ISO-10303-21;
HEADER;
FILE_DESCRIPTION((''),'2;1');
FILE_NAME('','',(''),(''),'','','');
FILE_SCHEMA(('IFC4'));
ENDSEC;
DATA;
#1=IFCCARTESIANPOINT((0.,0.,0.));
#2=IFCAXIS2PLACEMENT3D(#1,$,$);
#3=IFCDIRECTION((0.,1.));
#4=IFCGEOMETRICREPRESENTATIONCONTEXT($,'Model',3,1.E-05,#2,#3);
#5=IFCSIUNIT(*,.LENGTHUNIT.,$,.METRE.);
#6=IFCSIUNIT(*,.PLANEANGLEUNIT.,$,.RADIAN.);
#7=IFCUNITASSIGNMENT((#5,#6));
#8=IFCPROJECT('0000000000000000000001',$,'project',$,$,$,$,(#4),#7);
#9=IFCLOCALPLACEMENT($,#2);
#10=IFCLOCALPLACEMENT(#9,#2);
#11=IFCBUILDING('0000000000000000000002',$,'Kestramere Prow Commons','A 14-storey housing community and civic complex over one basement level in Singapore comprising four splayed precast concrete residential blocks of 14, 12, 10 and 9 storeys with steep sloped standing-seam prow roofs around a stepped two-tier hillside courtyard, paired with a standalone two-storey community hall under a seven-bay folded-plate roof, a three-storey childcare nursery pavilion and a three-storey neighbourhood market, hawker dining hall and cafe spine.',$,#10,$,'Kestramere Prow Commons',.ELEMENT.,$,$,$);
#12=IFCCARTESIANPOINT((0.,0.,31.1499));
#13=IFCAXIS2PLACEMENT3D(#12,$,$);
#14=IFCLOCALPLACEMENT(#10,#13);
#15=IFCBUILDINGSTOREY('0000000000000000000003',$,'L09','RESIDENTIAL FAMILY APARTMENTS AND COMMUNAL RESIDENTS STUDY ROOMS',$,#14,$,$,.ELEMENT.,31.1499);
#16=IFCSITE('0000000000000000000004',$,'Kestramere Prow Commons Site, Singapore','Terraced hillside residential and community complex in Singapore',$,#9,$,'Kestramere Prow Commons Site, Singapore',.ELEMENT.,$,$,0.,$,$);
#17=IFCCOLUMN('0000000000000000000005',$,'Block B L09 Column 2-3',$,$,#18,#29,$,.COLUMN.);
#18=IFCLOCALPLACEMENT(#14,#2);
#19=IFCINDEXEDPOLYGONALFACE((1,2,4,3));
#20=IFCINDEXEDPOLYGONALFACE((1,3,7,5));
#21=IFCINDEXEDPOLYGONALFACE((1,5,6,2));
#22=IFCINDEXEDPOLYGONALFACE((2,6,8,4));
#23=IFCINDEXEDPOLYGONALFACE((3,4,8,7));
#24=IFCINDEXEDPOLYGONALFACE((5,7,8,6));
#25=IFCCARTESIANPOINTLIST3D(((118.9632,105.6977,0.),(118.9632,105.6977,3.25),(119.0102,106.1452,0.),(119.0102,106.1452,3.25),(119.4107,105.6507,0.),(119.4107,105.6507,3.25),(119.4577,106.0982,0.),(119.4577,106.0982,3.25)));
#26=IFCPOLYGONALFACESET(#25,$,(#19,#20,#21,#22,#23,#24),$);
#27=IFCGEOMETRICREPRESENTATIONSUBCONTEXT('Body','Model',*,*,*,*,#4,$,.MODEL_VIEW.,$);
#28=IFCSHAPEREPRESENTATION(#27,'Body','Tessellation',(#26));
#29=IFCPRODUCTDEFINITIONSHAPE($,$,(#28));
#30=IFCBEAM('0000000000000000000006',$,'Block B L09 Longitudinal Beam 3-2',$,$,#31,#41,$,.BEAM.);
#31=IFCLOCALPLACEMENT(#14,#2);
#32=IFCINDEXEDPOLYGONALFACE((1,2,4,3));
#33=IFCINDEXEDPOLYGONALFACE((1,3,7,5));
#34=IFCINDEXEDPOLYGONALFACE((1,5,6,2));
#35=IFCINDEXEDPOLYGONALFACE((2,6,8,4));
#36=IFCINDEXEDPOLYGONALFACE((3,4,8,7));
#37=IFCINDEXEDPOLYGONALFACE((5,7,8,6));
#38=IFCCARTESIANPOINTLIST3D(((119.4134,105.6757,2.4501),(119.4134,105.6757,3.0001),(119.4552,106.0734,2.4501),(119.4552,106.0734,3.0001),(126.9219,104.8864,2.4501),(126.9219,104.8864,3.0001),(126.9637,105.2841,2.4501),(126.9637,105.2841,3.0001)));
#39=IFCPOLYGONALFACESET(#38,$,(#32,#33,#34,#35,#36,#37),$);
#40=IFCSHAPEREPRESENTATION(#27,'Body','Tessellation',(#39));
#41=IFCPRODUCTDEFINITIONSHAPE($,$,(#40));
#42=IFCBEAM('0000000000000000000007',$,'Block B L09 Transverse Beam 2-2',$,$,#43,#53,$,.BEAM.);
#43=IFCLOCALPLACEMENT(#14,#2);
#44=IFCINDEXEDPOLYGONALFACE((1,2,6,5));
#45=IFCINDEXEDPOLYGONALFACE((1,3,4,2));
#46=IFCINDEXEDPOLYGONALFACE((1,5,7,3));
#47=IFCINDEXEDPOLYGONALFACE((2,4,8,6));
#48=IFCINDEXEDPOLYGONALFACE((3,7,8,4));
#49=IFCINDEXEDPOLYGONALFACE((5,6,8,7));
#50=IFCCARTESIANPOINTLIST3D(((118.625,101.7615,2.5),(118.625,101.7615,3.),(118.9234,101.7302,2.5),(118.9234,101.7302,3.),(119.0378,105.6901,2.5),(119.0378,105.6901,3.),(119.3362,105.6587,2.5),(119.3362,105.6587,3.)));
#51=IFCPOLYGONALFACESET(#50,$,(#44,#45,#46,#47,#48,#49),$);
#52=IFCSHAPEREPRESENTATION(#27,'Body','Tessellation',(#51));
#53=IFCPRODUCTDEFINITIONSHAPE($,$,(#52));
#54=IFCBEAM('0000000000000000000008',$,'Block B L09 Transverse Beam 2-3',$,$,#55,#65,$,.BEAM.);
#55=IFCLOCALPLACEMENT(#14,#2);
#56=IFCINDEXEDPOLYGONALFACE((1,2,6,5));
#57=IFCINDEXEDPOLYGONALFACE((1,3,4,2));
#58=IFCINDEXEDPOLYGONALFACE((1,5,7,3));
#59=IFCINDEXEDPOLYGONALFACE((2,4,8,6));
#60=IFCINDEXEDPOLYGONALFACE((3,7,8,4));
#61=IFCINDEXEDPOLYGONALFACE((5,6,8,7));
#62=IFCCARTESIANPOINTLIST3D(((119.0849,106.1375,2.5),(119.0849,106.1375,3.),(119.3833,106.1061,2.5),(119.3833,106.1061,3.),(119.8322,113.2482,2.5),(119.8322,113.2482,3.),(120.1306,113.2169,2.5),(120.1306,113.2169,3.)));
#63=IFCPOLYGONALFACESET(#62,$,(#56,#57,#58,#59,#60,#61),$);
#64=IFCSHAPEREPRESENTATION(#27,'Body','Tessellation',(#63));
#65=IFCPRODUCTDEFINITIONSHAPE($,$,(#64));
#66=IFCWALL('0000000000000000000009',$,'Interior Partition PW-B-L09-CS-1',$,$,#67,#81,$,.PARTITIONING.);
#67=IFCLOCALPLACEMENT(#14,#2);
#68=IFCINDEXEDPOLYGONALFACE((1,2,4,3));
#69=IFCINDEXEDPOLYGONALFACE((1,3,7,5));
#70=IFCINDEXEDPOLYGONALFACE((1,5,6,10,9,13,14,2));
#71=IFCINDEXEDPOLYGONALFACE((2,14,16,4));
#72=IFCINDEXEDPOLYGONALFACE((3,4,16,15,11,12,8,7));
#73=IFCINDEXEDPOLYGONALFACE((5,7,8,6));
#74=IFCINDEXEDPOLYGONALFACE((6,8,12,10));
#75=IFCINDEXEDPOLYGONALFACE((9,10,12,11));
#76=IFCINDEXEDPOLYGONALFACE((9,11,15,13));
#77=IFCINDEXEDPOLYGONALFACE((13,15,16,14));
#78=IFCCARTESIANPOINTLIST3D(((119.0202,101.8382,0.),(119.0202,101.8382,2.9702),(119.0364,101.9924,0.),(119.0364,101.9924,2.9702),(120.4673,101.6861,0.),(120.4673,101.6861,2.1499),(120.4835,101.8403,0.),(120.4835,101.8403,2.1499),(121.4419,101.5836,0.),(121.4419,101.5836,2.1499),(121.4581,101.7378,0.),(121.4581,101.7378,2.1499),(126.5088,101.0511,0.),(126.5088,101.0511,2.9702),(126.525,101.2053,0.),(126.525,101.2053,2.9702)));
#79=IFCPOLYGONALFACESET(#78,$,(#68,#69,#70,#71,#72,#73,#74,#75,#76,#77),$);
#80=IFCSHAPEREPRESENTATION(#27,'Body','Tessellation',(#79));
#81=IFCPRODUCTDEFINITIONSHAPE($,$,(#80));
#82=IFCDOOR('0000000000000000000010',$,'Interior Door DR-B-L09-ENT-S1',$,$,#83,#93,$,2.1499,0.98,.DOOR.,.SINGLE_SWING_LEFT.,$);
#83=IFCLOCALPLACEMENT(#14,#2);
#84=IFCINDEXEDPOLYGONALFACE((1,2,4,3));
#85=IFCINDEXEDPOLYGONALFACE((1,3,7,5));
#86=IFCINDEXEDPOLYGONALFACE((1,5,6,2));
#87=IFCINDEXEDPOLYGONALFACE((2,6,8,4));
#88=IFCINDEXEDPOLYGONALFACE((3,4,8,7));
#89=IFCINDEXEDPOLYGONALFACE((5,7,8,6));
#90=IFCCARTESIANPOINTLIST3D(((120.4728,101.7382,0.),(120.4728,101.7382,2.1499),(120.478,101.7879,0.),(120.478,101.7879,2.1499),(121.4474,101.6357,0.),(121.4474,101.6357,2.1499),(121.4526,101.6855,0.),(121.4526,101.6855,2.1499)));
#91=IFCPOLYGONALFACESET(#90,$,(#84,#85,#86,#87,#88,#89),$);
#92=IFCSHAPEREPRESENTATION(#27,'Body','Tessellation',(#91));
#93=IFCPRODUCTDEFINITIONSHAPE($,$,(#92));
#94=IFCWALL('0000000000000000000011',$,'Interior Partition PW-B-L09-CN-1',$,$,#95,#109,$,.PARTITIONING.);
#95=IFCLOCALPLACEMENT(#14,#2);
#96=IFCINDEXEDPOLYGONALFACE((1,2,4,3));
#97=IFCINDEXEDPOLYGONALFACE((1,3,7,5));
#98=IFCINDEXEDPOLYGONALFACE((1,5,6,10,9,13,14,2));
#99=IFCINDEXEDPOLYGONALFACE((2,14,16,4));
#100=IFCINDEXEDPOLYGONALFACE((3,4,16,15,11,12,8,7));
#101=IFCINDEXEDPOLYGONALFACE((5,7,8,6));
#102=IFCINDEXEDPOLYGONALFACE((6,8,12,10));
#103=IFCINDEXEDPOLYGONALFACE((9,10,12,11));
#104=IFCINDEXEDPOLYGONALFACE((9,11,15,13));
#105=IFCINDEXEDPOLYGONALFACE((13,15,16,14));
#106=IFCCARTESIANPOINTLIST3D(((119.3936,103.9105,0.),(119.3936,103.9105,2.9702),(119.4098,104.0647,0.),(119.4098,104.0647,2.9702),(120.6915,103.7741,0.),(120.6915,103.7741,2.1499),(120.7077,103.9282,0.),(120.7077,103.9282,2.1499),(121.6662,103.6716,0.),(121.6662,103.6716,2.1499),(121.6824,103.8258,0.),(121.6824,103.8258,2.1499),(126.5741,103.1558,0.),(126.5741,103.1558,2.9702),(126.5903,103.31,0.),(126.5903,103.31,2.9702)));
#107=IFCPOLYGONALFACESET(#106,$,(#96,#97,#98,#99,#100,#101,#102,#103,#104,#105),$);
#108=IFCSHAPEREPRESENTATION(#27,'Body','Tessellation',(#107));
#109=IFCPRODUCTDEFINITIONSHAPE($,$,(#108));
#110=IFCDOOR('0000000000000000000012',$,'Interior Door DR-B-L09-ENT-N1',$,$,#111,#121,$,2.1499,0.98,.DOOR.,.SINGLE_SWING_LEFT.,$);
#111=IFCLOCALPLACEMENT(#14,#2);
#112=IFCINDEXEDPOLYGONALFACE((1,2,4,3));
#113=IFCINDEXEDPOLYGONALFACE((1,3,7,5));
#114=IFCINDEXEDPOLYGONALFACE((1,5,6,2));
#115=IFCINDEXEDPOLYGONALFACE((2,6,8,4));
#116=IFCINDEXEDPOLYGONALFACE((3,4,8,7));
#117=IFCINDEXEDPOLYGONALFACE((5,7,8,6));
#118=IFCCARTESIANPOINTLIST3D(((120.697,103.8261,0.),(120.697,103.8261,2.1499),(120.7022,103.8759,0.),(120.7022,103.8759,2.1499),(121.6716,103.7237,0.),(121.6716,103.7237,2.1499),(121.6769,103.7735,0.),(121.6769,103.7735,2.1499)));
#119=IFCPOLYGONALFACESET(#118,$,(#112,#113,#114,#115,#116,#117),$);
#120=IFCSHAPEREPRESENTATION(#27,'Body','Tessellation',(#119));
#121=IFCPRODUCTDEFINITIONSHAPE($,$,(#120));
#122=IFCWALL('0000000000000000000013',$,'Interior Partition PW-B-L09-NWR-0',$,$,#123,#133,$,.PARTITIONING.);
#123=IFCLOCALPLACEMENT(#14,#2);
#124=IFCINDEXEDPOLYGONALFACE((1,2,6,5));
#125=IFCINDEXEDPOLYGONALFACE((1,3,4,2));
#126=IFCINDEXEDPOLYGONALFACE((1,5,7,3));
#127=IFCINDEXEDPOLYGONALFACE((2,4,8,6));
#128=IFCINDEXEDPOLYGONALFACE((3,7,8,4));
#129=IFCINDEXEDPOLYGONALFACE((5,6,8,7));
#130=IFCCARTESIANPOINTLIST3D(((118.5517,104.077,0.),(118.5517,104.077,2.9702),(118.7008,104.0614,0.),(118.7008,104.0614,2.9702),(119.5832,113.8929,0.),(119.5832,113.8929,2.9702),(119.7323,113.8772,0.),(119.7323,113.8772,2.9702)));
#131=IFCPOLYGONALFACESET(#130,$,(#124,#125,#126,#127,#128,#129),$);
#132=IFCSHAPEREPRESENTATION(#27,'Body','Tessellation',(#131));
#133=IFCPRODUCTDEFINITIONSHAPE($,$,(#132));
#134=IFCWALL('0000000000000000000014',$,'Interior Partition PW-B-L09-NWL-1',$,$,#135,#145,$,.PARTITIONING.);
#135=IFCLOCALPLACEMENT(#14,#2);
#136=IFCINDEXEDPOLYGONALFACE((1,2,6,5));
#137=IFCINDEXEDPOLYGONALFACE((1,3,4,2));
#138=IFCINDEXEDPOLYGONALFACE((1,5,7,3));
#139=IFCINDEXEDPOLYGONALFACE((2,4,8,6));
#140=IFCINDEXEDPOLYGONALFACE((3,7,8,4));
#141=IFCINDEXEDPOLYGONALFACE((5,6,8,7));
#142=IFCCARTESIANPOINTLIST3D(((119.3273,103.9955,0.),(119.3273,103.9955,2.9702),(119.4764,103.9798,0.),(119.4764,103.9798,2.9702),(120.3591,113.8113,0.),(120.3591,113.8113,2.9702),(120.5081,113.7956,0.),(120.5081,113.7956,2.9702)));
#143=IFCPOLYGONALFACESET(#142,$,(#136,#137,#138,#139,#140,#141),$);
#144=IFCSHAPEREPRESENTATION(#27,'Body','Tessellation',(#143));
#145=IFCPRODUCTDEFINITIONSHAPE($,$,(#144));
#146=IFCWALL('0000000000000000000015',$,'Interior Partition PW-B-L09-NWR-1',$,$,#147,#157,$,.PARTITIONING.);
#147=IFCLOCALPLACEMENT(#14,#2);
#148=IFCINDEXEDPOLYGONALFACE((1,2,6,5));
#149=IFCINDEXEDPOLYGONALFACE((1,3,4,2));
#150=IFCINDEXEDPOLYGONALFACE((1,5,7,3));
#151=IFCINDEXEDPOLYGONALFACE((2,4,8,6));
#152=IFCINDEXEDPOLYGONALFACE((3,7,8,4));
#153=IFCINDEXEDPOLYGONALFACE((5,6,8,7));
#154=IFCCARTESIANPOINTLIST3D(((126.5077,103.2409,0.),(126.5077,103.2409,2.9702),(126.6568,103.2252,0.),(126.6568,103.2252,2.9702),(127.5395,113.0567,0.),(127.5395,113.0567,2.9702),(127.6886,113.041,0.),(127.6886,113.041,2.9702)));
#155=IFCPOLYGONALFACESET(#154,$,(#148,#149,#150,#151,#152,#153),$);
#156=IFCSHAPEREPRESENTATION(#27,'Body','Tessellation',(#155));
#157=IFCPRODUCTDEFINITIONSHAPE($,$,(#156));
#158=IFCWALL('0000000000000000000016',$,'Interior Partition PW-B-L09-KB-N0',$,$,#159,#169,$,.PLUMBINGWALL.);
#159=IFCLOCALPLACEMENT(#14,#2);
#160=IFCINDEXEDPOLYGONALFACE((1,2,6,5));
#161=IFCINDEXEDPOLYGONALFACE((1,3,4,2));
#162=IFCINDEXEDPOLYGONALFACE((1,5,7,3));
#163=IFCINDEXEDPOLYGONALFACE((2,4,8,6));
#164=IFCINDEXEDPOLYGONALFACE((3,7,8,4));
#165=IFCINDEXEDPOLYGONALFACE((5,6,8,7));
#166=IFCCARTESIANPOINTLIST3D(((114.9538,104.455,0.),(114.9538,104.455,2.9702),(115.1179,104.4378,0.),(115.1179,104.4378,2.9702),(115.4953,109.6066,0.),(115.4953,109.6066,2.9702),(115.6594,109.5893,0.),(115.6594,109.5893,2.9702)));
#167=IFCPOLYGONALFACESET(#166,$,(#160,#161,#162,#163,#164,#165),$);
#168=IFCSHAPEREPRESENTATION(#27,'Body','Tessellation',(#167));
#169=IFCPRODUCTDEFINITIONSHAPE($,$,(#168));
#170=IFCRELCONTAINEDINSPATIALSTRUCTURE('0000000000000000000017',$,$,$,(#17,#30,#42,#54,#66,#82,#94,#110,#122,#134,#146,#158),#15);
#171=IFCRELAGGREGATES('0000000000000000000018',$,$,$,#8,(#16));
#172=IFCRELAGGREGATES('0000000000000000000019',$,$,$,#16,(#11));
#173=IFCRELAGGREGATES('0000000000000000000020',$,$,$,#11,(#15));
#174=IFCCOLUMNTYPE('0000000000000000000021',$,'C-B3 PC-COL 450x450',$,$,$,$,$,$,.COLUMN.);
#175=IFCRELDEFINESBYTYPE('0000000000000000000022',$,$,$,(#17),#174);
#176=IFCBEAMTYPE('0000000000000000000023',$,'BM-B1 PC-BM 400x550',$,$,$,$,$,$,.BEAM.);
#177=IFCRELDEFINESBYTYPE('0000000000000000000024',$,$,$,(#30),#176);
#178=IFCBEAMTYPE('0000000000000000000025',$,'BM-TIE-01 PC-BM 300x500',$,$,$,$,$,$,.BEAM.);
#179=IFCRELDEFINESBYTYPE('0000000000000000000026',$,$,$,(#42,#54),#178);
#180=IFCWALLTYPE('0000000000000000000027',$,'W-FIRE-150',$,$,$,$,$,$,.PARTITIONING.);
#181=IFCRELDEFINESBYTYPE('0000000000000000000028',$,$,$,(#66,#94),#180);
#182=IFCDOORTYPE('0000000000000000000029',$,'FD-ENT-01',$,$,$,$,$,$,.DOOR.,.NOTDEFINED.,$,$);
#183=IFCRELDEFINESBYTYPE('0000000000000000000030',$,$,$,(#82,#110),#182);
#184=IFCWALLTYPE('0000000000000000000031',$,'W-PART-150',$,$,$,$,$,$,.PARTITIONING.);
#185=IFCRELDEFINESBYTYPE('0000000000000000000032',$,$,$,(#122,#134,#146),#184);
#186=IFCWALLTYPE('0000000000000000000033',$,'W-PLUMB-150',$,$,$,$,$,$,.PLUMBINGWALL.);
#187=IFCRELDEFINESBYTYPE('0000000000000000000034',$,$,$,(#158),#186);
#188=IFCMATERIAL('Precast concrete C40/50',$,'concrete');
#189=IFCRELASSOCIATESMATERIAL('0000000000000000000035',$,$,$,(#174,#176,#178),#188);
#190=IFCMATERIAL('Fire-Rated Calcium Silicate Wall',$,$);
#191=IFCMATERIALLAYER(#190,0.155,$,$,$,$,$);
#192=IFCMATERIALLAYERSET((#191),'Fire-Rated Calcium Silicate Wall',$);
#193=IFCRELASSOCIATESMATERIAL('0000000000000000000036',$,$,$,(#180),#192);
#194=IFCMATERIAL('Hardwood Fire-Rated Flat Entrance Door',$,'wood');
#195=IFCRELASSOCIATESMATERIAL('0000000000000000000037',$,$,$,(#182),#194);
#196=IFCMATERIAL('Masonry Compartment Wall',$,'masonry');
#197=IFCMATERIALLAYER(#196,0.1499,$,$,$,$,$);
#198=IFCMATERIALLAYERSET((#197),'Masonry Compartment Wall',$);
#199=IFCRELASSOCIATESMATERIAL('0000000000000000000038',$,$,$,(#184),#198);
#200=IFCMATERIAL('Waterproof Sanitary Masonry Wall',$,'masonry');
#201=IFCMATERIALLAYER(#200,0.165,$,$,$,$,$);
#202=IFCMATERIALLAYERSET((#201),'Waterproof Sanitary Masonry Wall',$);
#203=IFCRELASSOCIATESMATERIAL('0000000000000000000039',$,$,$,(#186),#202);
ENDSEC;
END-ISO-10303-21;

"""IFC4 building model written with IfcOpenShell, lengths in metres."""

from ifc_helpers import new_model, si_unit, direction, frame, frame_2d, origin, origin_2d, place, context, subcontext, project, spatial, rectangle, extrude, material, layer, layer_set, material_profile, profile_set, type_object, element, fill, save


model = new_model("IFC4")

# Units and contexts
model_context = context("Model", 3, precision=1e-05, world=origin(), true_north=direction((0.0, 1.0)))
body_context = subcontext(model_context, "Body", "Model", "MODEL_VIEW")
ifc_project = project(units=[si_unit("LENGTHUNIT", "METRE"), si_unit("PLANEANGLEUNIT", "RADIAN")], contexts=[model_context])

# Site, building, storey
site_placement = place(None, origin())
site = spatial("IfcSite", under=ifc_project, at=site_placement, Name="Kestramere Prow Commons Site, Singapore", Description="Terraced hillside residential and community complex in Singapore", LongName="Kestramere Prow Commons Site, Singapore", CompositionType="ELEMENT", RefElevation=0.0)
building_placement = place(site_placement, origin())
building = spatial("IfcBuilding", under=site, at=building_placement, Name="Kestramere Prow Commons", Description="A 14-storey housing community and civic complex over one basement level in Singapore comprising four splayed precast concrete residential blocks of 14, 12, 10 and 9 storeys with steep sloped standing-seam prow roofs around a stepped two-tier hillside courtyard, paired with a standalone two-storey community hall under a seven-bay folded-plate roof, a three-storey childcare nursery pavilion and a three-storey neighbourhood market, hawker dining hall and cafe spine.", LongName="Kestramere Prow Commons", CompositionType="ELEMENT")
storey_placement = place(building_placement, frame((0.0, 0.0, 31.1499)))
storey = spatial("IfcBuildingStorey", under=building, at=storey_placement, Name="L09", Description="RESIDENTIAL FAMILY APARTMENTS AND COMMUNAL RESIDENTS STUDY ROOMS", CompositionType="ELEMENT", Elevation=31.1499)

# Column
ifc_material_1 = material(Name="Precast concrete C40/50", Category="concrete")
ifc_material_profile_1 = material_profile(ifc_material_1, rectangle(XDim=0.45, YDim=0.45, at=origin_2d()), Name="PC-COL 450x450")
ifc_profile_set_1 = profile_set([ifc_material_profile_1], Name="Precast concrete C40/50")
column_type = type_object("IfcColumnType", Name="C-B3 PC-COL 450x450", PredefinedType="COLUMN", material=ifc_profile_set_1)
column_placement = place(storey_placement, frame((119.2104, 105.8979, 0.0), z_axis=(0.0, 0.0, 1.0), x_axis=(0.994522, -0.104528, 0.0)))
element("IfcColumn", 1, at=column_placement, inside=storey, type_object=column_type, Name="Block B L09 Column 2-3", PredefinedType="COLUMN", context=body_context, shape_type="SweptSolid", body=[
    extrude(rectangle(XDim=0.45, YDim=0.45, at=origin_2d()), origin(), (0.0, 0.0, 1.0), 3.25),
])

# Beams
ifc_material_profile_2 = material_profile(ifc_material_1, rectangle(XDim=0.3999, YDim=0.55, at=origin_2d()), Name="PC-BM 400x550")
ifc_profile_set_2 = profile_set([ifc_material_profile_2], Name="Precast concrete C40/50")
beam_type_1 = type_object("IfcBeamType", Name="BM-B1 PC-BM 400x550", PredefinedType="BEAM", material=ifc_profile_set_2)
beam_1_placement = place(storey_placement, frame((119.4343, 105.8745, 2.7251), z_axis=(0.99452, -0.104545, 0.0), x_axis=(0.104545, 0.99452, 0.0)))
element("IfcBeam", 2, at=beam_1_placement, inside=storey, type_object=beam_type_1, Name="Block B L09 Longitudinal Beam 3-2", PredefinedType="BEAM", context=body_context, shape_type="SweptSolid", body=[
    extrude(rectangle(XDim=0.3999, YDim=0.55, at=origin_2d()), origin(), (0.0, 0.0, 1.0), 7.5498),
])
ifc_material_profile_3 = material_profile(ifc_material_1, rectangle(XDim=0.3, YDim=0.5, at=origin_2d()), Name="PC-BM 300x500")
ifc_profile_set_3 = profile_set([ifc_material_profile_3], Name="Precast concrete C40/50")
beam_type_2 = type_object("IfcBeamType", Name="BM-TIE-01 PC-BM 300x500", PredefinedType="BEAM", material=ifc_profile_set_3)
beam_2_placement = place(storey_placement, frame((118.7742, 101.7458, 2.75), z_axis=(0.104514, 0.994523, 0.0), x_axis=(-0.994523, 0.104514, 0.0)))
element("IfcBeam", 3, at=beam_2_placement, inside=storey, type_object=beam_type_2, Name="Block B L09 Transverse Beam 2-2", PredefinedType="BEAM", context=body_context, shape_type="SweptSolid", body=[
    extrude(rectangle(XDim=0.3, YDim=0.5, at=origin_2d()), origin(), (0.0, 0.0, 1.0), 3.9502),
])
beam_3_placement = place(storey_placement, frame((119.2341, 106.1218, 2.75), z_axis=(0.104519, 0.994523, 0.0), x_axis=(-0.994523, 0.104519, 0.0)))
element("IfcBeam", 4, at=beam_3_placement, inside=storey, type_object=beam_type_2, Name="Block B L09 Transverse Beam 2-3", PredefinedType="BEAM", context=body_context, shape_type="SweptSolid", body=[
    extrude(rectangle(XDim=0.3, YDim=0.5, at=origin_2d()), origin(), (0.0, 0.0, 1.0), 7.1499),
])

# Walls, openings, doors
ifc_material_2 = material(Name="Fire-Rated Calcium Silicate Wall")
ifc_layer_1 = layer(ifc_material_2, 0.155)
ifc_layer_set_1 = layer_set([ifc_layer_1], Name="Fire-Rated Calcium Silicate Wall")
wall_type_1 = type_object("IfcWallType", Name="W-FIRE-150", PredefinedType="PARTITIONING", material=ifc_layer_set_1)
wall_1_placement = place(storey_placement, frame((119.0283, 101.9153, 0.0), z_axis=(0.0, 0.0, 1.0), x_axis=(0.994521, -0.104533, 0.0)))
wall_1 = element("IfcWall", 5, at=wall_1_placement, inside=storey, type_object=wall_type_1, Name="Interior Partition PW-B-L09-CS-1", PredefinedType="PARTITIONING", context=body_context, shape_type="SweptSolid", body=[
    extrude(rectangle(XDim=7.5298, YDim=0.155, at=frame_2d((3.7649, 0.0))), origin(), (0.0, 0.0, 1.0), 2.9702),
])
opening_1_placement = place(wall_1_placement, frame((1.4551, 0.0, 0.0)))
opening_1 = element("IfcOpeningElement", 6, at=opening_1_placement, cuts=wall_1, PredefinedType="OPENING", context=body_context, shape_type="SweptSolid", body=[
    extrude(rectangle(XDim=0.98, YDim=2.1499, at=frame_2d((0.49, 1.075))), frame((0.0, 0.0925, 0.0), z_axis=(0.0, -1.0, 0.0), x_axis=(1.0, 0.0, 0.0)), (0.0, 0.0, 1.0), 0.1851),
])
ifc_material_3 = material(Name="Hardwood Fire-Rated Flat Entrance Door", Category="wood")
door_type_1 = type_object("IfcDoorType", Name="FD-ENT-01", OperationType="NOTDEFINED", PredefinedType="DOOR", material=ifc_material_3)
door_1_placement = place(opening_1_placement, origin())
door_1 = element("IfcDoor", 7, at=door_1_placement, inside=storey, type_object=door_type_1, Name="Interior Door DR-B-L09-ENT-S1", OperationType="SINGLE_SWING_LEFT", OverallHeight=2.1499, OverallWidth=0.98, PredefinedType="DOOR", context=body_context, shape_type="SweptSolid", body=[
    extrude(rectangle(XDim=0.98, YDim=2.1499, at=frame_2d((0.49, 1.075))), frame((0.0, 0.0249, 0.0), z_axis=(0.0, -1.0, 0.0), x_axis=(1.0, 0.0, 0.0)), (0.0, 0.0, 1.0), 0.05),
])
fill(opening_1, door_1)
wall_2_placement = place(storey_placement, frame((119.4019, 103.9875, 0.0), z_axis=(0.0, 0.0, 1.0), x_axis=(0.994523, -0.104521, 0.0)))
wall_2 = element("IfcWall", 8, at=wall_2_placement, inside=storey, type_object=wall_type_1, Name="Interior Partition PW-B-L09-CN-1", PredefinedType="PARTITIONING", context=body_context, shape_type="SweptSolid", body=[
    extrude(rectangle(XDim=7.22, YDim=0.155, at=frame_2d((3.6099, 0.0))), origin(), (0.0, 0.0, 1.0), 2.9702),
])
opening_2_placement = place(wall_2_placement, frame((1.3049, 0.0, 0.0)))
opening_2 = element("IfcOpeningElement", 9, at=opening_2_placement, cuts=wall_2, PredefinedType="OPENING", context=body_context, shape_type="SweptSolid", body=[
    extrude(rectangle(XDim=0.98, YDim=2.1499, at=frame_2d((0.49, 1.075))), frame((0.0, 0.0925, 0.0), z_axis=(0.0, -1.0, 0.0), x_axis=(1.0, 0.0, 0.0)), (0.0, 0.0, 1.0), 0.1851),
])
door_2_placement = place(opening_2_placement, origin())
door_2 = element("IfcDoor", 10, at=door_2_placement, inside=storey, type_object=door_type_1, Name="Interior Door DR-B-L09-ENT-N1", OperationType="SINGLE_SWING_LEFT", OverallHeight=2.1499, OverallWidth=0.98, PredefinedType="DOOR", context=body_context, shape_type="SweptSolid", body=[
    extrude(rectangle(XDim=0.98, YDim=2.1499, at=frame_2d((0.49, 1.075))), frame((0.0, 0.0249, 0.0), z_axis=(0.0, -1.0, 0.0), x_axis=(1.0, 0.0, 0.0)), (0.0, 0.0, 1.0), 0.05),
])
fill(opening_2, door_2)

# Walls
ifc_material_4 = material(Name="Masonry Compartment Wall", Category="masonry")
ifc_layer_2 = layer(ifc_material_4, 0.1499)
ifc_layer_set_2 = layer_set([ifc_layer_2], Name="Masonry Compartment Wall")
wall_type_2 = type_object("IfcWallType", Name="W-PART-150", PredefinedType="PARTITIONING", material=ifc_layer_set_2)
for number, where, z_axis, x_axis, name in (
    (11, (118.6262, 104.0691, 0.0), (0.0, 0.0, 1.0), (0.104508, 0.994524, 0.0), "Interior Partition PW-B-L09-NWR-0"),
    (12, (119.4019, 103.9875, 0.0), (0.0, 0.0, 1.0), (0.104533, 0.994521, 0.0), "Interior Partition PW-B-L09-NWL-1"),
    (13, (126.5823, 103.2329, 0.0), (0.0, 0.0, 1.0), (0.104533, 0.994521, 0.0), "Interior Partition PW-B-L09-NWR-1"),
):
    element("IfcWall", number, at=place(storey_placement, frame(where, z_axis=z_axis, x_axis=x_axis)), inside=storey, type_object=wall_type_2, Name=name, PredefinedType="PARTITIONING", context=body_context, shape_type="SweptSolid", body=[
        extrude(rectangle(XDim=9.8699, YDim=0.1499, at=frame_2d((4.9351, 0.0))), origin(), (0.0, 0.0, 1.0), 2.9702),
    ])
ifc_material_5 = material(Name="Waterproof Sanitary Masonry Wall", Category="masonry")
ifc_layer_3 = layer(ifc_material_5, 0.165)
ifc_layer_set_3 = layer_set([ifc_layer_3], Name="Waterproof Sanitary Masonry Wall")
wall_type_3 = type_object("IfcWallType", Name="W-PLUMB-150", PredefinedType="PLUMBINGWALL", material=ifc_layer_set_3)
wall_3_placement = place(storey_placement, frame((115.0359, 104.4465, 0.0), z_axis=(0.0, 0.0, 1.0), x_axis=(0.104538, 0.994521, 0.0)))
element("IfcWall", 14, at=wall_3_placement, inside=storey, type_object=wall_type_3, Name="Interior Partition PW-B-L09-KB-N0", PredefinedType="PLUMBINGWALL", context=body_context, shape_type="SweptSolid", body=[
    extrude(rectangle(XDim=5.1799, YDim=0.165, at=frame_2d((2.5898, 0.0))), origin(), (0.0, 0.0, 1.0), 2.9702),
])

save(model, "model.ifc")
